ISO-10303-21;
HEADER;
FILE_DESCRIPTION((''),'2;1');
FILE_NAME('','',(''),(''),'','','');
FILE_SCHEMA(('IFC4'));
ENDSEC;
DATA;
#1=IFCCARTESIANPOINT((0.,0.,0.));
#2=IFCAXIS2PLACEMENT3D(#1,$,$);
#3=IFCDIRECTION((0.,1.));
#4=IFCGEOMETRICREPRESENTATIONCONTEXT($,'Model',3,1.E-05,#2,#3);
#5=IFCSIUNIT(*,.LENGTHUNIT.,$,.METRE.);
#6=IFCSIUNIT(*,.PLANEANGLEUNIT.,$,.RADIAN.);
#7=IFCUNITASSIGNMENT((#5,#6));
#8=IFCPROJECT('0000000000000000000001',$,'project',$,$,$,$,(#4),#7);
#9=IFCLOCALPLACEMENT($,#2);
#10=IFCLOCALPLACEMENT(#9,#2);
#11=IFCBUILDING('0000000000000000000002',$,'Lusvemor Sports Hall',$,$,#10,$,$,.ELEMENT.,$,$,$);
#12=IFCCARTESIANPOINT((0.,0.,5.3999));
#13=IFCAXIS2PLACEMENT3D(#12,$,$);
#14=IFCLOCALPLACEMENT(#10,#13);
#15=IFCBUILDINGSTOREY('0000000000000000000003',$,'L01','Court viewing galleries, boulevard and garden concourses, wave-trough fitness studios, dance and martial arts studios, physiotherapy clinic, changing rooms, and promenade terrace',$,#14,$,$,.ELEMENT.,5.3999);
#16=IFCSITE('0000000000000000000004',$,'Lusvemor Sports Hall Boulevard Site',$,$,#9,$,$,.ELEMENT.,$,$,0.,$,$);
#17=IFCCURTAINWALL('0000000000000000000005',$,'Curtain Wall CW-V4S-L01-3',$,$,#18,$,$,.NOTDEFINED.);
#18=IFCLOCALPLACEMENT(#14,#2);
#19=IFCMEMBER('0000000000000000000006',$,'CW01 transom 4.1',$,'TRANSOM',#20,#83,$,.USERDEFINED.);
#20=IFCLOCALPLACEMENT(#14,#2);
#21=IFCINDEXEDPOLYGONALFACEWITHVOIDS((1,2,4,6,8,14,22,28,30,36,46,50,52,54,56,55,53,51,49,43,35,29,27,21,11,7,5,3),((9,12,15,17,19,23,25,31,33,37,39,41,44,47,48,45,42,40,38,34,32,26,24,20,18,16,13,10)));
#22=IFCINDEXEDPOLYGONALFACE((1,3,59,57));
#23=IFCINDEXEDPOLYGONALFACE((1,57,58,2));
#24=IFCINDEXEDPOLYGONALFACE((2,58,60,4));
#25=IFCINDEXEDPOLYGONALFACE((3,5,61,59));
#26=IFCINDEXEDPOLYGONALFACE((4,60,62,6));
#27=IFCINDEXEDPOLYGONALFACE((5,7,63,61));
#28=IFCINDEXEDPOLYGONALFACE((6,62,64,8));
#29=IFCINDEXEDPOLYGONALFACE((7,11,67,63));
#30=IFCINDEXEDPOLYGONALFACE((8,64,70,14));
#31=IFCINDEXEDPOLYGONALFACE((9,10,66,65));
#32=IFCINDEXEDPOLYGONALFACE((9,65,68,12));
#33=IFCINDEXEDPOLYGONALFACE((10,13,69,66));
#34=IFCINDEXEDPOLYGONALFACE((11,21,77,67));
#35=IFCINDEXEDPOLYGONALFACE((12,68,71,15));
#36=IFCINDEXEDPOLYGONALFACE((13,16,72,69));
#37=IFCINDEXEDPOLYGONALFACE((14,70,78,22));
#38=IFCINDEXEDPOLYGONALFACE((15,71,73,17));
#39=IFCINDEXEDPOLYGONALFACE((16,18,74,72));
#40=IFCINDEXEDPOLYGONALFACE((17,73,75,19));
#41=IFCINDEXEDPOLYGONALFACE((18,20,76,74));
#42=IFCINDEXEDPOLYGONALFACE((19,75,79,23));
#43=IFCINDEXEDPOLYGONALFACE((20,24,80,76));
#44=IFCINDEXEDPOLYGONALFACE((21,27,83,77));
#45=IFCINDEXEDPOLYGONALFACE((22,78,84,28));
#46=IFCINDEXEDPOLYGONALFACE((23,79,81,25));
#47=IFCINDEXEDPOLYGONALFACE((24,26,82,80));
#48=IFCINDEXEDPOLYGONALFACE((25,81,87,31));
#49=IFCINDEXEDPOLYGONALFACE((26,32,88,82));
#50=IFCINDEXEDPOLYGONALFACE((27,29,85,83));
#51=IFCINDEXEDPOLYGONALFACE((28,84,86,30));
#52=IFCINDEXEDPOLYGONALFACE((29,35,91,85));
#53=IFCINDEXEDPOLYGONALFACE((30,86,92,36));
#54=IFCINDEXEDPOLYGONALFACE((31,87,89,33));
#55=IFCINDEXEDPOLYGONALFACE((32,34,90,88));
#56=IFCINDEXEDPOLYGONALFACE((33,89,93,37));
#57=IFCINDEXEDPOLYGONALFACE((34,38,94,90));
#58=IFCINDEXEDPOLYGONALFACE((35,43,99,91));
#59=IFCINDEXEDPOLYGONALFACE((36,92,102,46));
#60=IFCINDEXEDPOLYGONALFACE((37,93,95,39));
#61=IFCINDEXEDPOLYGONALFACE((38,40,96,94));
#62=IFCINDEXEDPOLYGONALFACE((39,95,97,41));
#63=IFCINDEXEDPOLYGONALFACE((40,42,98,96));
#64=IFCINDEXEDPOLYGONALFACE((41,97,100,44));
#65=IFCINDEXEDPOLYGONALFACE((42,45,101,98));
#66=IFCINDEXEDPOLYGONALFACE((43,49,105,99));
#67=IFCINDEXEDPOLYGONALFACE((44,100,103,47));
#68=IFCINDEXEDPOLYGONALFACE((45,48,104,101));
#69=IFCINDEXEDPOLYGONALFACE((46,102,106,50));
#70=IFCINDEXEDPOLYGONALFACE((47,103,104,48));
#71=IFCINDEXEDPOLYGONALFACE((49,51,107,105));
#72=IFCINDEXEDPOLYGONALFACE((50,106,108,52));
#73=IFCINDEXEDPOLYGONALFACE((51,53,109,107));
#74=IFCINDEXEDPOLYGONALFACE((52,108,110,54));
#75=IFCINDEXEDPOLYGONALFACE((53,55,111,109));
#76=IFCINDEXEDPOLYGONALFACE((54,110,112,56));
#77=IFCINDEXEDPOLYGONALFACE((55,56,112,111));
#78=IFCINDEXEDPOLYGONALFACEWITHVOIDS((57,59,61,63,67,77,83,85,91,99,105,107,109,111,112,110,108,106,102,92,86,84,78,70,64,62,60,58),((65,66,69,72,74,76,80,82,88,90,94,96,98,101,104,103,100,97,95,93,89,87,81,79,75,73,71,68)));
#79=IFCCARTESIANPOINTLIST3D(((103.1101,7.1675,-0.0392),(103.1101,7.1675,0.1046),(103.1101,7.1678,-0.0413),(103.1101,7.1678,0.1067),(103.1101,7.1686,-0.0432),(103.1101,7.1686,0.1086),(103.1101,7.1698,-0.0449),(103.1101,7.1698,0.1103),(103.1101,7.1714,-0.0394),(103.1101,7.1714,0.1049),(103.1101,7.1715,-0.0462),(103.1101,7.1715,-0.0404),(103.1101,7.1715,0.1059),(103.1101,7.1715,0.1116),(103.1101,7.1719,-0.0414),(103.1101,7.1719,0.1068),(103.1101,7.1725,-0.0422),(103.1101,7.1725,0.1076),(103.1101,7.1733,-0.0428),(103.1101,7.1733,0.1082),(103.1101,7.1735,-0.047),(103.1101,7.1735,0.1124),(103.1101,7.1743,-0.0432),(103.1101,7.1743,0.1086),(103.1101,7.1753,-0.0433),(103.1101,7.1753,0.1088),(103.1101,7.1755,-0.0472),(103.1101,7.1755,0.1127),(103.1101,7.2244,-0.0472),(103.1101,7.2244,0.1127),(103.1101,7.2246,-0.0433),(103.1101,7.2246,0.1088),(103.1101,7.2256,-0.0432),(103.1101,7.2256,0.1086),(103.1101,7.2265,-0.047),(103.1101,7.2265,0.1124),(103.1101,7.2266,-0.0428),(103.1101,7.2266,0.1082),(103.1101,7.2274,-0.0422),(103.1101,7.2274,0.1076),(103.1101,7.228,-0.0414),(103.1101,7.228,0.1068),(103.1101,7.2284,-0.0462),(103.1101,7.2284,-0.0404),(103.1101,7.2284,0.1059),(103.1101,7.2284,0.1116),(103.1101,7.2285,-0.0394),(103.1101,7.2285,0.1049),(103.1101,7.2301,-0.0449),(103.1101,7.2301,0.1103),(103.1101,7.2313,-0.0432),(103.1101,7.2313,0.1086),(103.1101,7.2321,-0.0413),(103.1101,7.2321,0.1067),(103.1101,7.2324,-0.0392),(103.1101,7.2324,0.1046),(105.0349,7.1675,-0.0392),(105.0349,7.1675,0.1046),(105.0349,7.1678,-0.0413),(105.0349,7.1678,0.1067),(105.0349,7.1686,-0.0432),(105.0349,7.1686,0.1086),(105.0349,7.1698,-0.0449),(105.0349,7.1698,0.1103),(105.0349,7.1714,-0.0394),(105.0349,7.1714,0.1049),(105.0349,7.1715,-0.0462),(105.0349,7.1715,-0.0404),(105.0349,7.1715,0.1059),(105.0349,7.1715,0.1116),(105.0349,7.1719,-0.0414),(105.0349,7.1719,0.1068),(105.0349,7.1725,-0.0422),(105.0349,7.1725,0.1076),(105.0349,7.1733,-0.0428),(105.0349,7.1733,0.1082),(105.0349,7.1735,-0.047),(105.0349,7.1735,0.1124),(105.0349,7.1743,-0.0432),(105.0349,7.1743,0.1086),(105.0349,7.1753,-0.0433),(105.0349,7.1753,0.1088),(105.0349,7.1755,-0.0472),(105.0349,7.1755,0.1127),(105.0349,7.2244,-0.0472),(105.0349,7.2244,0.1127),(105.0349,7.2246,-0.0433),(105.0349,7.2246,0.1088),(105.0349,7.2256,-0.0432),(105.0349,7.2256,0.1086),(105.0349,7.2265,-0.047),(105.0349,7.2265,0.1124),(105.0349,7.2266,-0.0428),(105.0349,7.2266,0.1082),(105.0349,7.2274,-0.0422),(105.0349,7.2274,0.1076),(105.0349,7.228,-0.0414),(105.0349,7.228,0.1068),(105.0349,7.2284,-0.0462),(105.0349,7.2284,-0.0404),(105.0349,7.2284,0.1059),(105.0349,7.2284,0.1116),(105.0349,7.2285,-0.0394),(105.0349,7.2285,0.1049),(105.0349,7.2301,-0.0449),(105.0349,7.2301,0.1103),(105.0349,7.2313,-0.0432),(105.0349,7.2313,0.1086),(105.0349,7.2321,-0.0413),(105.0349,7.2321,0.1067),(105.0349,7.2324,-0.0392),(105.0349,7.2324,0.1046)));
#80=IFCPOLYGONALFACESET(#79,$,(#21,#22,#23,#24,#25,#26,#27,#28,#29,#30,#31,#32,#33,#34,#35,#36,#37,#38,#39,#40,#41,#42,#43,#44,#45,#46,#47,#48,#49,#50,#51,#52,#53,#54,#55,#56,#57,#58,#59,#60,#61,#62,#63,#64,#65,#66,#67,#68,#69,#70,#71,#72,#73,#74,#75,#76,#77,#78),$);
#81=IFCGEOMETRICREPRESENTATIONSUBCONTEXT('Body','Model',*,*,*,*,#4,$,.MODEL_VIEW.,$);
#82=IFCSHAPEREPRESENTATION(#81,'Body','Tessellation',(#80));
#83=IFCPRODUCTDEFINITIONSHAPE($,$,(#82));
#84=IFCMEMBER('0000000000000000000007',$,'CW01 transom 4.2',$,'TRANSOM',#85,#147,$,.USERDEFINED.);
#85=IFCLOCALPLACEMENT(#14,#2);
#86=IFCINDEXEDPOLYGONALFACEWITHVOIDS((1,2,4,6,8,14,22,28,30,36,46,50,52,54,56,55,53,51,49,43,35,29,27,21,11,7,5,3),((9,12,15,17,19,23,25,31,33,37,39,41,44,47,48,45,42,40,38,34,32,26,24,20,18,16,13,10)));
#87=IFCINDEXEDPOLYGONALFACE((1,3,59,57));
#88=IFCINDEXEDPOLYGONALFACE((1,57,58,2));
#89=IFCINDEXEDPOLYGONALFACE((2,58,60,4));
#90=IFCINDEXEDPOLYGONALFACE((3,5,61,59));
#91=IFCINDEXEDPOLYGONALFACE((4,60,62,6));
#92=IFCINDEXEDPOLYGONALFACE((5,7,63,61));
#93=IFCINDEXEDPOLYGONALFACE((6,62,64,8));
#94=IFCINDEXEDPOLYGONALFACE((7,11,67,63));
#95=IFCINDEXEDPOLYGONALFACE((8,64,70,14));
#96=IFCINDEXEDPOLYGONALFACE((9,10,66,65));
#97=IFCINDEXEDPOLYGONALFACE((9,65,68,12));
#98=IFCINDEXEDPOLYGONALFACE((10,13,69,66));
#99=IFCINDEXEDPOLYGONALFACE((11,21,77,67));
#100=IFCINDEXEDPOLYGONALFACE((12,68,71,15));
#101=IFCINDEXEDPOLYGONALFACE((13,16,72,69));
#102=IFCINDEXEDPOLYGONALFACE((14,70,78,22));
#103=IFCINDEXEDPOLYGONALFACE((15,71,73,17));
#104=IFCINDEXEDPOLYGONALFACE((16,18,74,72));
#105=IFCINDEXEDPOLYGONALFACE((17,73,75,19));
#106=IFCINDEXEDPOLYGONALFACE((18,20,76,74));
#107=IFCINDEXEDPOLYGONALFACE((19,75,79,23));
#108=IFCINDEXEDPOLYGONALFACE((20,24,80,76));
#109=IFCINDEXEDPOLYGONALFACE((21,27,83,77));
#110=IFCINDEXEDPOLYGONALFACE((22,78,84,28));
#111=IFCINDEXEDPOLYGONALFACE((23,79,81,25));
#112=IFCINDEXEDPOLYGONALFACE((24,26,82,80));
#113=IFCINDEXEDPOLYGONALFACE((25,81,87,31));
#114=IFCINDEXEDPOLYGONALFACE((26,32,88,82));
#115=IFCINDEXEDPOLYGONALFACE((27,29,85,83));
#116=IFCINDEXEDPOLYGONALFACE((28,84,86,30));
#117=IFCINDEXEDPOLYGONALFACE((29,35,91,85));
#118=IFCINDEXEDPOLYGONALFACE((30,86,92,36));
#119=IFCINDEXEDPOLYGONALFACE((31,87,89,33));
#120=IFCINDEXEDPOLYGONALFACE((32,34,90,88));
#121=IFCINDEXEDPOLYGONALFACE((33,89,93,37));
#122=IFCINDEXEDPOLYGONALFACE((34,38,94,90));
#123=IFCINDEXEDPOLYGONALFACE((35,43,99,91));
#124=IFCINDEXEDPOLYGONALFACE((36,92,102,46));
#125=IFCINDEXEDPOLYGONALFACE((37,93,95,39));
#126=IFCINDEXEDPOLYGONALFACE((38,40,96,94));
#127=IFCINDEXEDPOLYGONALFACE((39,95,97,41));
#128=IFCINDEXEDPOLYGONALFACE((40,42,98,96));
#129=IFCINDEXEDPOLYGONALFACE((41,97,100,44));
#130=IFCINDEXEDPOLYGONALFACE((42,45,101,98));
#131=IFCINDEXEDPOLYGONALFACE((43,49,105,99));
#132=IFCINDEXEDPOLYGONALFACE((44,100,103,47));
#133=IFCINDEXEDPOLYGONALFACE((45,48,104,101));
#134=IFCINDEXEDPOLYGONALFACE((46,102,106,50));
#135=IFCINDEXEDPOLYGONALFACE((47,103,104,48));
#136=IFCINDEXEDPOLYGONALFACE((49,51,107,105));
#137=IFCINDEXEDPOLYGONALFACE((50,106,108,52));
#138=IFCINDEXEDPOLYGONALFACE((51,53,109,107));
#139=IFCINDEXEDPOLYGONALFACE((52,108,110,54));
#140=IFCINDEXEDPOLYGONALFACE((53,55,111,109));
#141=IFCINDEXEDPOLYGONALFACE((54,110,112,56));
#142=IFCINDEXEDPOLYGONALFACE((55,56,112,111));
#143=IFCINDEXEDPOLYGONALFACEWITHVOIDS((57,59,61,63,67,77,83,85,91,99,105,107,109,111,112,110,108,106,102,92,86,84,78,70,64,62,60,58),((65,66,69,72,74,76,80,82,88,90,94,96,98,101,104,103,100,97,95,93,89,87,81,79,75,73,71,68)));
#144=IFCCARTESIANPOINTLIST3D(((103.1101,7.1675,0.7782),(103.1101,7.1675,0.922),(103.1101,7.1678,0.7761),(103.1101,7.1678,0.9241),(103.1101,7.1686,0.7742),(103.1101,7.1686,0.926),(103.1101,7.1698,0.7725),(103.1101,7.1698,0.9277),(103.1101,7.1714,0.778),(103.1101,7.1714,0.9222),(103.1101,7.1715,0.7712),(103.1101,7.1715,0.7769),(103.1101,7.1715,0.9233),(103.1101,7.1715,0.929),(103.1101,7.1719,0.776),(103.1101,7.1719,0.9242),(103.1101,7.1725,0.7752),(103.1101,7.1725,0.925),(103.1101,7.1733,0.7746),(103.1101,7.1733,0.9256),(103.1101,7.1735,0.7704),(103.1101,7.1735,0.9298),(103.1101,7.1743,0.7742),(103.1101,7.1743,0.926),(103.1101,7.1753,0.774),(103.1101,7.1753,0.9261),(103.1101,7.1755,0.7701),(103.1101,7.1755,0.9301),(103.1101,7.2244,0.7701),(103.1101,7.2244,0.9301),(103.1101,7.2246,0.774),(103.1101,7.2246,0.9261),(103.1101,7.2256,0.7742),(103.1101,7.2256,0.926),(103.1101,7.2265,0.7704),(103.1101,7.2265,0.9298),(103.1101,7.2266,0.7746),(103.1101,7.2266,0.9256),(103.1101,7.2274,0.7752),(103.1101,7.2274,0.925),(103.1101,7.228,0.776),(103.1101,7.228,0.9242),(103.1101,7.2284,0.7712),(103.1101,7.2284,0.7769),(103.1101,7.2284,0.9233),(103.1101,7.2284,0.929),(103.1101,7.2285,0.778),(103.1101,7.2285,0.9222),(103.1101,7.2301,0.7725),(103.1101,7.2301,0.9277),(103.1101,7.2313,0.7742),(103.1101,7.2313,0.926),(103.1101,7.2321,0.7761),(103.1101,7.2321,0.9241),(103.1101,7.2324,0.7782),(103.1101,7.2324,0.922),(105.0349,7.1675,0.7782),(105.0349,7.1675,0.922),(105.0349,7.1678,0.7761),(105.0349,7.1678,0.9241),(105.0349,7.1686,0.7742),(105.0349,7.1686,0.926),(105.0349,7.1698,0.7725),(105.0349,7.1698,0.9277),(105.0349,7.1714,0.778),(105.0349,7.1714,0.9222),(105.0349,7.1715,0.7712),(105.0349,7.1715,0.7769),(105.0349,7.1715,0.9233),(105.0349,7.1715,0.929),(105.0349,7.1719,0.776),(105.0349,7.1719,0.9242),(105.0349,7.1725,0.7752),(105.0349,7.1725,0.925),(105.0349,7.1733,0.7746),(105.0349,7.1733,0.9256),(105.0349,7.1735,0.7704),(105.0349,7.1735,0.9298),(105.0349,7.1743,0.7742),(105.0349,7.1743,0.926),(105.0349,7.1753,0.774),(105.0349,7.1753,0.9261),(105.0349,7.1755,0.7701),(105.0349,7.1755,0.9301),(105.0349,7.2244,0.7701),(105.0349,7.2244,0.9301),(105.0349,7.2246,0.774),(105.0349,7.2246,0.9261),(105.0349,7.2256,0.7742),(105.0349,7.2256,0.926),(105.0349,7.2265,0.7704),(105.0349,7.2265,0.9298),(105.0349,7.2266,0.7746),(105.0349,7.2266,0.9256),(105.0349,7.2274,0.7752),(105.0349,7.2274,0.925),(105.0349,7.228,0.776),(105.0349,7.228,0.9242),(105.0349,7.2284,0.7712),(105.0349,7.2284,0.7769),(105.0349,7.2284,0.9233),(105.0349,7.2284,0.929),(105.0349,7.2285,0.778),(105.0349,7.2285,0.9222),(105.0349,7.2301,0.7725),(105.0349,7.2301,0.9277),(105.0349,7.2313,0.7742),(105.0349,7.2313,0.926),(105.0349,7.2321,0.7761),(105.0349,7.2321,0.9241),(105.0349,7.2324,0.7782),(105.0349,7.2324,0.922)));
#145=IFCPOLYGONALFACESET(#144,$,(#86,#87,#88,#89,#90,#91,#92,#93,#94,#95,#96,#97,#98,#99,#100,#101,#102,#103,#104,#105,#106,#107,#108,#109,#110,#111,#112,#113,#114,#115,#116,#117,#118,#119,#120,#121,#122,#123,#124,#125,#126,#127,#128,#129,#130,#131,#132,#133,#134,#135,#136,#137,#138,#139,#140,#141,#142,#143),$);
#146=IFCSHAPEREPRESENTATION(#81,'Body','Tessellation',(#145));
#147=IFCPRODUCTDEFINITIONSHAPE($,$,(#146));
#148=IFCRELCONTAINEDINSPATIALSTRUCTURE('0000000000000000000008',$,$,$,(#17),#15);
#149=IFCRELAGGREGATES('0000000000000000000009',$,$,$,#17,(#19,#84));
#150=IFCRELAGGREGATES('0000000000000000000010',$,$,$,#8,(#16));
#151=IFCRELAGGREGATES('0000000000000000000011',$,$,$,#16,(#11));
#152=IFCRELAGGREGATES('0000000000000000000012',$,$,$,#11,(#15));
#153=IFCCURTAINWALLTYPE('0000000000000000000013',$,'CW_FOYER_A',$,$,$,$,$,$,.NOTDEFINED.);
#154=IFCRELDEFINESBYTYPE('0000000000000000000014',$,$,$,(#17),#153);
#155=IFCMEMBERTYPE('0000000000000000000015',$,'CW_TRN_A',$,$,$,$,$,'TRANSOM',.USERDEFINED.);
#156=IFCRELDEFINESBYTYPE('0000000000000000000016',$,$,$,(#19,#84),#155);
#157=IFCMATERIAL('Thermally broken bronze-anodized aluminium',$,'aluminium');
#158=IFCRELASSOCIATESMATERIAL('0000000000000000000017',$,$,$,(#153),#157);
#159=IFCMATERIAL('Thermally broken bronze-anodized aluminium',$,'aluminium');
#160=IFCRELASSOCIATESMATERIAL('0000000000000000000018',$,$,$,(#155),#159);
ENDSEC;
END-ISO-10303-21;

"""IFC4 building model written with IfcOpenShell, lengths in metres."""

from ifc_helpers import new_model, si_unit, direction, frame, origin, origin_2d, place, context, subcontext, project, spatial, hollow_rectangle, extrude, material, material_profile, profile_set, type_object, element, aggregate, save


model = new_model("IFC4")

# Units and contexts
model_context = context("Model", 3, precision=1e-05, world=origin(), true_north=direction((0.0, 1.0)))
body_context = subcontext(model_context, "Body", "Model", "MODEL_VIEW")
ifc_project = project(units=[si_unit("LENGTHUNIT", "METRE"), si_unit("PLANEANGLEUNIT", "RADIAN")], contexts=[model_context])

# Site, building, storey
site_placement = place(None, origin())
site = spatial("IfcSite", under=ifc_project, at=site_placement, Name="Lusvemor Sports Hall Boulevard Site", CompositionType="ELEMENT", RefElevation=0.0)
building_placement = place(site_placement, origin())
building = spatial("IfcBuilding", under=site, at=building_placement, Name="Lusvemor Sports Hall", CompositionType="ELEMENT")
storey_placement = place(building_placement, frame((0.0, 0.0, 5.3999)))
storey = spatial("IfcBuildingStorey", under=building, at=storey_placement, Name="L01", Description="Court viewing galleries, boulevard and garden concourses, wave-trough fitness studios, dance and martial arts studios, physiotherapy clinic, changing rooms, and promenade terrace", CompositionType="ELEMENT", Elevation=5.3999)

# Curtain wall, members
ifc_material_1 = material(Name="Thermally broken bronze-anodized aluminium", Category="aluminium")
curtain_wall_type = type_object("IfcCurtainWallType", Name="CW_FOYER_A", PredefinedType="NOTDEFINED", material=ifc_material_1)
curtain_wall_placement = place(storey_placement, origin())
curtain_wall = element("IfcCurtainWall", 1, at=curtain_wall_placement, inside=storey, type_object=curtain_wall_type, Name="Curtain Wall CW-V4S-L01-3", PredefinedType="NOTDEFINED")
ifc_material_2 = material(Name="Thermally broken bronze-anodized aluminium", Category="aluminium")
ifc_material_profile_1 = material_profile(ifc_material_2, hollow_rectangle(XDim=0.0649, YDim=0.1599, WallThickness=0.0039, InnerFilletRadius=0.0039, OuterFilletRadius=0.0081, at=origin_2d()), Name="CWTRN160x65x4")
ifc_profile_set_1 = profile_set([ifc_material_profile_1], Name="Thermally broken bronze-anodized aluminium")
member_type_1 = type_object("IfcMemberType", Name="CW_TRN_A", ElementType="TRANSOM", PredefinedType="USERDEFINED", material=ifc_profile_set_1)
member_1_placement = place(storey_placement, frame((105.0349, 7.2, 0.0327), z_axis=(-1.0, 0.0, 0.0), x_axis=(0.0, -1.0, 0.0)))
member_1 = element("IfcMember", 2, at=member_1_placement, type_object=member_type_1, Name="CW01 transom 4.1", ObjectType="TRANSOM", PredefinedType="USERDEFINED", context=body_context, shape_type="SweptSolid", body=[
    extrude(hollow_rectangle(XDim=0.0649, YDim=0.1599, WallThickness=0.0039, InnerFilletRadius=0.0039, OuterFilletRadius=0.0081, at=origin_2d()), origin(), (0.0, 0.0, 1.0), 1.9248),
])
member_2_placement = place(storey_placement, frame((105.0349, 7.2, 0.8501), z_axis=(-1.0, 0.0, 0.0), x_axis=(0.0, -1.0, 0.0)))
member_2 = element("IfcMember", 3, at=member_2_placement, type_object=member_type_1, Name="CW01 transom 4.2", ObjectType="TRANSOM", PredefinedType="USERDEFINED", context=body_context, shape_type="SweptSolid", body=[
    extrude(hollow_rectangle(XDim=0.0649, YDim=0.1599, WallThickness=0.0039, InnerFilletRadius=0.0039, OuterFilletRadius=0.0081, at=origin_2d()), origin(), (0.0, 0.0, 1.0), 1.9248),
])
aggregate(curtain_wall, [member_1, member_2])

save(model, "model.ifc")
